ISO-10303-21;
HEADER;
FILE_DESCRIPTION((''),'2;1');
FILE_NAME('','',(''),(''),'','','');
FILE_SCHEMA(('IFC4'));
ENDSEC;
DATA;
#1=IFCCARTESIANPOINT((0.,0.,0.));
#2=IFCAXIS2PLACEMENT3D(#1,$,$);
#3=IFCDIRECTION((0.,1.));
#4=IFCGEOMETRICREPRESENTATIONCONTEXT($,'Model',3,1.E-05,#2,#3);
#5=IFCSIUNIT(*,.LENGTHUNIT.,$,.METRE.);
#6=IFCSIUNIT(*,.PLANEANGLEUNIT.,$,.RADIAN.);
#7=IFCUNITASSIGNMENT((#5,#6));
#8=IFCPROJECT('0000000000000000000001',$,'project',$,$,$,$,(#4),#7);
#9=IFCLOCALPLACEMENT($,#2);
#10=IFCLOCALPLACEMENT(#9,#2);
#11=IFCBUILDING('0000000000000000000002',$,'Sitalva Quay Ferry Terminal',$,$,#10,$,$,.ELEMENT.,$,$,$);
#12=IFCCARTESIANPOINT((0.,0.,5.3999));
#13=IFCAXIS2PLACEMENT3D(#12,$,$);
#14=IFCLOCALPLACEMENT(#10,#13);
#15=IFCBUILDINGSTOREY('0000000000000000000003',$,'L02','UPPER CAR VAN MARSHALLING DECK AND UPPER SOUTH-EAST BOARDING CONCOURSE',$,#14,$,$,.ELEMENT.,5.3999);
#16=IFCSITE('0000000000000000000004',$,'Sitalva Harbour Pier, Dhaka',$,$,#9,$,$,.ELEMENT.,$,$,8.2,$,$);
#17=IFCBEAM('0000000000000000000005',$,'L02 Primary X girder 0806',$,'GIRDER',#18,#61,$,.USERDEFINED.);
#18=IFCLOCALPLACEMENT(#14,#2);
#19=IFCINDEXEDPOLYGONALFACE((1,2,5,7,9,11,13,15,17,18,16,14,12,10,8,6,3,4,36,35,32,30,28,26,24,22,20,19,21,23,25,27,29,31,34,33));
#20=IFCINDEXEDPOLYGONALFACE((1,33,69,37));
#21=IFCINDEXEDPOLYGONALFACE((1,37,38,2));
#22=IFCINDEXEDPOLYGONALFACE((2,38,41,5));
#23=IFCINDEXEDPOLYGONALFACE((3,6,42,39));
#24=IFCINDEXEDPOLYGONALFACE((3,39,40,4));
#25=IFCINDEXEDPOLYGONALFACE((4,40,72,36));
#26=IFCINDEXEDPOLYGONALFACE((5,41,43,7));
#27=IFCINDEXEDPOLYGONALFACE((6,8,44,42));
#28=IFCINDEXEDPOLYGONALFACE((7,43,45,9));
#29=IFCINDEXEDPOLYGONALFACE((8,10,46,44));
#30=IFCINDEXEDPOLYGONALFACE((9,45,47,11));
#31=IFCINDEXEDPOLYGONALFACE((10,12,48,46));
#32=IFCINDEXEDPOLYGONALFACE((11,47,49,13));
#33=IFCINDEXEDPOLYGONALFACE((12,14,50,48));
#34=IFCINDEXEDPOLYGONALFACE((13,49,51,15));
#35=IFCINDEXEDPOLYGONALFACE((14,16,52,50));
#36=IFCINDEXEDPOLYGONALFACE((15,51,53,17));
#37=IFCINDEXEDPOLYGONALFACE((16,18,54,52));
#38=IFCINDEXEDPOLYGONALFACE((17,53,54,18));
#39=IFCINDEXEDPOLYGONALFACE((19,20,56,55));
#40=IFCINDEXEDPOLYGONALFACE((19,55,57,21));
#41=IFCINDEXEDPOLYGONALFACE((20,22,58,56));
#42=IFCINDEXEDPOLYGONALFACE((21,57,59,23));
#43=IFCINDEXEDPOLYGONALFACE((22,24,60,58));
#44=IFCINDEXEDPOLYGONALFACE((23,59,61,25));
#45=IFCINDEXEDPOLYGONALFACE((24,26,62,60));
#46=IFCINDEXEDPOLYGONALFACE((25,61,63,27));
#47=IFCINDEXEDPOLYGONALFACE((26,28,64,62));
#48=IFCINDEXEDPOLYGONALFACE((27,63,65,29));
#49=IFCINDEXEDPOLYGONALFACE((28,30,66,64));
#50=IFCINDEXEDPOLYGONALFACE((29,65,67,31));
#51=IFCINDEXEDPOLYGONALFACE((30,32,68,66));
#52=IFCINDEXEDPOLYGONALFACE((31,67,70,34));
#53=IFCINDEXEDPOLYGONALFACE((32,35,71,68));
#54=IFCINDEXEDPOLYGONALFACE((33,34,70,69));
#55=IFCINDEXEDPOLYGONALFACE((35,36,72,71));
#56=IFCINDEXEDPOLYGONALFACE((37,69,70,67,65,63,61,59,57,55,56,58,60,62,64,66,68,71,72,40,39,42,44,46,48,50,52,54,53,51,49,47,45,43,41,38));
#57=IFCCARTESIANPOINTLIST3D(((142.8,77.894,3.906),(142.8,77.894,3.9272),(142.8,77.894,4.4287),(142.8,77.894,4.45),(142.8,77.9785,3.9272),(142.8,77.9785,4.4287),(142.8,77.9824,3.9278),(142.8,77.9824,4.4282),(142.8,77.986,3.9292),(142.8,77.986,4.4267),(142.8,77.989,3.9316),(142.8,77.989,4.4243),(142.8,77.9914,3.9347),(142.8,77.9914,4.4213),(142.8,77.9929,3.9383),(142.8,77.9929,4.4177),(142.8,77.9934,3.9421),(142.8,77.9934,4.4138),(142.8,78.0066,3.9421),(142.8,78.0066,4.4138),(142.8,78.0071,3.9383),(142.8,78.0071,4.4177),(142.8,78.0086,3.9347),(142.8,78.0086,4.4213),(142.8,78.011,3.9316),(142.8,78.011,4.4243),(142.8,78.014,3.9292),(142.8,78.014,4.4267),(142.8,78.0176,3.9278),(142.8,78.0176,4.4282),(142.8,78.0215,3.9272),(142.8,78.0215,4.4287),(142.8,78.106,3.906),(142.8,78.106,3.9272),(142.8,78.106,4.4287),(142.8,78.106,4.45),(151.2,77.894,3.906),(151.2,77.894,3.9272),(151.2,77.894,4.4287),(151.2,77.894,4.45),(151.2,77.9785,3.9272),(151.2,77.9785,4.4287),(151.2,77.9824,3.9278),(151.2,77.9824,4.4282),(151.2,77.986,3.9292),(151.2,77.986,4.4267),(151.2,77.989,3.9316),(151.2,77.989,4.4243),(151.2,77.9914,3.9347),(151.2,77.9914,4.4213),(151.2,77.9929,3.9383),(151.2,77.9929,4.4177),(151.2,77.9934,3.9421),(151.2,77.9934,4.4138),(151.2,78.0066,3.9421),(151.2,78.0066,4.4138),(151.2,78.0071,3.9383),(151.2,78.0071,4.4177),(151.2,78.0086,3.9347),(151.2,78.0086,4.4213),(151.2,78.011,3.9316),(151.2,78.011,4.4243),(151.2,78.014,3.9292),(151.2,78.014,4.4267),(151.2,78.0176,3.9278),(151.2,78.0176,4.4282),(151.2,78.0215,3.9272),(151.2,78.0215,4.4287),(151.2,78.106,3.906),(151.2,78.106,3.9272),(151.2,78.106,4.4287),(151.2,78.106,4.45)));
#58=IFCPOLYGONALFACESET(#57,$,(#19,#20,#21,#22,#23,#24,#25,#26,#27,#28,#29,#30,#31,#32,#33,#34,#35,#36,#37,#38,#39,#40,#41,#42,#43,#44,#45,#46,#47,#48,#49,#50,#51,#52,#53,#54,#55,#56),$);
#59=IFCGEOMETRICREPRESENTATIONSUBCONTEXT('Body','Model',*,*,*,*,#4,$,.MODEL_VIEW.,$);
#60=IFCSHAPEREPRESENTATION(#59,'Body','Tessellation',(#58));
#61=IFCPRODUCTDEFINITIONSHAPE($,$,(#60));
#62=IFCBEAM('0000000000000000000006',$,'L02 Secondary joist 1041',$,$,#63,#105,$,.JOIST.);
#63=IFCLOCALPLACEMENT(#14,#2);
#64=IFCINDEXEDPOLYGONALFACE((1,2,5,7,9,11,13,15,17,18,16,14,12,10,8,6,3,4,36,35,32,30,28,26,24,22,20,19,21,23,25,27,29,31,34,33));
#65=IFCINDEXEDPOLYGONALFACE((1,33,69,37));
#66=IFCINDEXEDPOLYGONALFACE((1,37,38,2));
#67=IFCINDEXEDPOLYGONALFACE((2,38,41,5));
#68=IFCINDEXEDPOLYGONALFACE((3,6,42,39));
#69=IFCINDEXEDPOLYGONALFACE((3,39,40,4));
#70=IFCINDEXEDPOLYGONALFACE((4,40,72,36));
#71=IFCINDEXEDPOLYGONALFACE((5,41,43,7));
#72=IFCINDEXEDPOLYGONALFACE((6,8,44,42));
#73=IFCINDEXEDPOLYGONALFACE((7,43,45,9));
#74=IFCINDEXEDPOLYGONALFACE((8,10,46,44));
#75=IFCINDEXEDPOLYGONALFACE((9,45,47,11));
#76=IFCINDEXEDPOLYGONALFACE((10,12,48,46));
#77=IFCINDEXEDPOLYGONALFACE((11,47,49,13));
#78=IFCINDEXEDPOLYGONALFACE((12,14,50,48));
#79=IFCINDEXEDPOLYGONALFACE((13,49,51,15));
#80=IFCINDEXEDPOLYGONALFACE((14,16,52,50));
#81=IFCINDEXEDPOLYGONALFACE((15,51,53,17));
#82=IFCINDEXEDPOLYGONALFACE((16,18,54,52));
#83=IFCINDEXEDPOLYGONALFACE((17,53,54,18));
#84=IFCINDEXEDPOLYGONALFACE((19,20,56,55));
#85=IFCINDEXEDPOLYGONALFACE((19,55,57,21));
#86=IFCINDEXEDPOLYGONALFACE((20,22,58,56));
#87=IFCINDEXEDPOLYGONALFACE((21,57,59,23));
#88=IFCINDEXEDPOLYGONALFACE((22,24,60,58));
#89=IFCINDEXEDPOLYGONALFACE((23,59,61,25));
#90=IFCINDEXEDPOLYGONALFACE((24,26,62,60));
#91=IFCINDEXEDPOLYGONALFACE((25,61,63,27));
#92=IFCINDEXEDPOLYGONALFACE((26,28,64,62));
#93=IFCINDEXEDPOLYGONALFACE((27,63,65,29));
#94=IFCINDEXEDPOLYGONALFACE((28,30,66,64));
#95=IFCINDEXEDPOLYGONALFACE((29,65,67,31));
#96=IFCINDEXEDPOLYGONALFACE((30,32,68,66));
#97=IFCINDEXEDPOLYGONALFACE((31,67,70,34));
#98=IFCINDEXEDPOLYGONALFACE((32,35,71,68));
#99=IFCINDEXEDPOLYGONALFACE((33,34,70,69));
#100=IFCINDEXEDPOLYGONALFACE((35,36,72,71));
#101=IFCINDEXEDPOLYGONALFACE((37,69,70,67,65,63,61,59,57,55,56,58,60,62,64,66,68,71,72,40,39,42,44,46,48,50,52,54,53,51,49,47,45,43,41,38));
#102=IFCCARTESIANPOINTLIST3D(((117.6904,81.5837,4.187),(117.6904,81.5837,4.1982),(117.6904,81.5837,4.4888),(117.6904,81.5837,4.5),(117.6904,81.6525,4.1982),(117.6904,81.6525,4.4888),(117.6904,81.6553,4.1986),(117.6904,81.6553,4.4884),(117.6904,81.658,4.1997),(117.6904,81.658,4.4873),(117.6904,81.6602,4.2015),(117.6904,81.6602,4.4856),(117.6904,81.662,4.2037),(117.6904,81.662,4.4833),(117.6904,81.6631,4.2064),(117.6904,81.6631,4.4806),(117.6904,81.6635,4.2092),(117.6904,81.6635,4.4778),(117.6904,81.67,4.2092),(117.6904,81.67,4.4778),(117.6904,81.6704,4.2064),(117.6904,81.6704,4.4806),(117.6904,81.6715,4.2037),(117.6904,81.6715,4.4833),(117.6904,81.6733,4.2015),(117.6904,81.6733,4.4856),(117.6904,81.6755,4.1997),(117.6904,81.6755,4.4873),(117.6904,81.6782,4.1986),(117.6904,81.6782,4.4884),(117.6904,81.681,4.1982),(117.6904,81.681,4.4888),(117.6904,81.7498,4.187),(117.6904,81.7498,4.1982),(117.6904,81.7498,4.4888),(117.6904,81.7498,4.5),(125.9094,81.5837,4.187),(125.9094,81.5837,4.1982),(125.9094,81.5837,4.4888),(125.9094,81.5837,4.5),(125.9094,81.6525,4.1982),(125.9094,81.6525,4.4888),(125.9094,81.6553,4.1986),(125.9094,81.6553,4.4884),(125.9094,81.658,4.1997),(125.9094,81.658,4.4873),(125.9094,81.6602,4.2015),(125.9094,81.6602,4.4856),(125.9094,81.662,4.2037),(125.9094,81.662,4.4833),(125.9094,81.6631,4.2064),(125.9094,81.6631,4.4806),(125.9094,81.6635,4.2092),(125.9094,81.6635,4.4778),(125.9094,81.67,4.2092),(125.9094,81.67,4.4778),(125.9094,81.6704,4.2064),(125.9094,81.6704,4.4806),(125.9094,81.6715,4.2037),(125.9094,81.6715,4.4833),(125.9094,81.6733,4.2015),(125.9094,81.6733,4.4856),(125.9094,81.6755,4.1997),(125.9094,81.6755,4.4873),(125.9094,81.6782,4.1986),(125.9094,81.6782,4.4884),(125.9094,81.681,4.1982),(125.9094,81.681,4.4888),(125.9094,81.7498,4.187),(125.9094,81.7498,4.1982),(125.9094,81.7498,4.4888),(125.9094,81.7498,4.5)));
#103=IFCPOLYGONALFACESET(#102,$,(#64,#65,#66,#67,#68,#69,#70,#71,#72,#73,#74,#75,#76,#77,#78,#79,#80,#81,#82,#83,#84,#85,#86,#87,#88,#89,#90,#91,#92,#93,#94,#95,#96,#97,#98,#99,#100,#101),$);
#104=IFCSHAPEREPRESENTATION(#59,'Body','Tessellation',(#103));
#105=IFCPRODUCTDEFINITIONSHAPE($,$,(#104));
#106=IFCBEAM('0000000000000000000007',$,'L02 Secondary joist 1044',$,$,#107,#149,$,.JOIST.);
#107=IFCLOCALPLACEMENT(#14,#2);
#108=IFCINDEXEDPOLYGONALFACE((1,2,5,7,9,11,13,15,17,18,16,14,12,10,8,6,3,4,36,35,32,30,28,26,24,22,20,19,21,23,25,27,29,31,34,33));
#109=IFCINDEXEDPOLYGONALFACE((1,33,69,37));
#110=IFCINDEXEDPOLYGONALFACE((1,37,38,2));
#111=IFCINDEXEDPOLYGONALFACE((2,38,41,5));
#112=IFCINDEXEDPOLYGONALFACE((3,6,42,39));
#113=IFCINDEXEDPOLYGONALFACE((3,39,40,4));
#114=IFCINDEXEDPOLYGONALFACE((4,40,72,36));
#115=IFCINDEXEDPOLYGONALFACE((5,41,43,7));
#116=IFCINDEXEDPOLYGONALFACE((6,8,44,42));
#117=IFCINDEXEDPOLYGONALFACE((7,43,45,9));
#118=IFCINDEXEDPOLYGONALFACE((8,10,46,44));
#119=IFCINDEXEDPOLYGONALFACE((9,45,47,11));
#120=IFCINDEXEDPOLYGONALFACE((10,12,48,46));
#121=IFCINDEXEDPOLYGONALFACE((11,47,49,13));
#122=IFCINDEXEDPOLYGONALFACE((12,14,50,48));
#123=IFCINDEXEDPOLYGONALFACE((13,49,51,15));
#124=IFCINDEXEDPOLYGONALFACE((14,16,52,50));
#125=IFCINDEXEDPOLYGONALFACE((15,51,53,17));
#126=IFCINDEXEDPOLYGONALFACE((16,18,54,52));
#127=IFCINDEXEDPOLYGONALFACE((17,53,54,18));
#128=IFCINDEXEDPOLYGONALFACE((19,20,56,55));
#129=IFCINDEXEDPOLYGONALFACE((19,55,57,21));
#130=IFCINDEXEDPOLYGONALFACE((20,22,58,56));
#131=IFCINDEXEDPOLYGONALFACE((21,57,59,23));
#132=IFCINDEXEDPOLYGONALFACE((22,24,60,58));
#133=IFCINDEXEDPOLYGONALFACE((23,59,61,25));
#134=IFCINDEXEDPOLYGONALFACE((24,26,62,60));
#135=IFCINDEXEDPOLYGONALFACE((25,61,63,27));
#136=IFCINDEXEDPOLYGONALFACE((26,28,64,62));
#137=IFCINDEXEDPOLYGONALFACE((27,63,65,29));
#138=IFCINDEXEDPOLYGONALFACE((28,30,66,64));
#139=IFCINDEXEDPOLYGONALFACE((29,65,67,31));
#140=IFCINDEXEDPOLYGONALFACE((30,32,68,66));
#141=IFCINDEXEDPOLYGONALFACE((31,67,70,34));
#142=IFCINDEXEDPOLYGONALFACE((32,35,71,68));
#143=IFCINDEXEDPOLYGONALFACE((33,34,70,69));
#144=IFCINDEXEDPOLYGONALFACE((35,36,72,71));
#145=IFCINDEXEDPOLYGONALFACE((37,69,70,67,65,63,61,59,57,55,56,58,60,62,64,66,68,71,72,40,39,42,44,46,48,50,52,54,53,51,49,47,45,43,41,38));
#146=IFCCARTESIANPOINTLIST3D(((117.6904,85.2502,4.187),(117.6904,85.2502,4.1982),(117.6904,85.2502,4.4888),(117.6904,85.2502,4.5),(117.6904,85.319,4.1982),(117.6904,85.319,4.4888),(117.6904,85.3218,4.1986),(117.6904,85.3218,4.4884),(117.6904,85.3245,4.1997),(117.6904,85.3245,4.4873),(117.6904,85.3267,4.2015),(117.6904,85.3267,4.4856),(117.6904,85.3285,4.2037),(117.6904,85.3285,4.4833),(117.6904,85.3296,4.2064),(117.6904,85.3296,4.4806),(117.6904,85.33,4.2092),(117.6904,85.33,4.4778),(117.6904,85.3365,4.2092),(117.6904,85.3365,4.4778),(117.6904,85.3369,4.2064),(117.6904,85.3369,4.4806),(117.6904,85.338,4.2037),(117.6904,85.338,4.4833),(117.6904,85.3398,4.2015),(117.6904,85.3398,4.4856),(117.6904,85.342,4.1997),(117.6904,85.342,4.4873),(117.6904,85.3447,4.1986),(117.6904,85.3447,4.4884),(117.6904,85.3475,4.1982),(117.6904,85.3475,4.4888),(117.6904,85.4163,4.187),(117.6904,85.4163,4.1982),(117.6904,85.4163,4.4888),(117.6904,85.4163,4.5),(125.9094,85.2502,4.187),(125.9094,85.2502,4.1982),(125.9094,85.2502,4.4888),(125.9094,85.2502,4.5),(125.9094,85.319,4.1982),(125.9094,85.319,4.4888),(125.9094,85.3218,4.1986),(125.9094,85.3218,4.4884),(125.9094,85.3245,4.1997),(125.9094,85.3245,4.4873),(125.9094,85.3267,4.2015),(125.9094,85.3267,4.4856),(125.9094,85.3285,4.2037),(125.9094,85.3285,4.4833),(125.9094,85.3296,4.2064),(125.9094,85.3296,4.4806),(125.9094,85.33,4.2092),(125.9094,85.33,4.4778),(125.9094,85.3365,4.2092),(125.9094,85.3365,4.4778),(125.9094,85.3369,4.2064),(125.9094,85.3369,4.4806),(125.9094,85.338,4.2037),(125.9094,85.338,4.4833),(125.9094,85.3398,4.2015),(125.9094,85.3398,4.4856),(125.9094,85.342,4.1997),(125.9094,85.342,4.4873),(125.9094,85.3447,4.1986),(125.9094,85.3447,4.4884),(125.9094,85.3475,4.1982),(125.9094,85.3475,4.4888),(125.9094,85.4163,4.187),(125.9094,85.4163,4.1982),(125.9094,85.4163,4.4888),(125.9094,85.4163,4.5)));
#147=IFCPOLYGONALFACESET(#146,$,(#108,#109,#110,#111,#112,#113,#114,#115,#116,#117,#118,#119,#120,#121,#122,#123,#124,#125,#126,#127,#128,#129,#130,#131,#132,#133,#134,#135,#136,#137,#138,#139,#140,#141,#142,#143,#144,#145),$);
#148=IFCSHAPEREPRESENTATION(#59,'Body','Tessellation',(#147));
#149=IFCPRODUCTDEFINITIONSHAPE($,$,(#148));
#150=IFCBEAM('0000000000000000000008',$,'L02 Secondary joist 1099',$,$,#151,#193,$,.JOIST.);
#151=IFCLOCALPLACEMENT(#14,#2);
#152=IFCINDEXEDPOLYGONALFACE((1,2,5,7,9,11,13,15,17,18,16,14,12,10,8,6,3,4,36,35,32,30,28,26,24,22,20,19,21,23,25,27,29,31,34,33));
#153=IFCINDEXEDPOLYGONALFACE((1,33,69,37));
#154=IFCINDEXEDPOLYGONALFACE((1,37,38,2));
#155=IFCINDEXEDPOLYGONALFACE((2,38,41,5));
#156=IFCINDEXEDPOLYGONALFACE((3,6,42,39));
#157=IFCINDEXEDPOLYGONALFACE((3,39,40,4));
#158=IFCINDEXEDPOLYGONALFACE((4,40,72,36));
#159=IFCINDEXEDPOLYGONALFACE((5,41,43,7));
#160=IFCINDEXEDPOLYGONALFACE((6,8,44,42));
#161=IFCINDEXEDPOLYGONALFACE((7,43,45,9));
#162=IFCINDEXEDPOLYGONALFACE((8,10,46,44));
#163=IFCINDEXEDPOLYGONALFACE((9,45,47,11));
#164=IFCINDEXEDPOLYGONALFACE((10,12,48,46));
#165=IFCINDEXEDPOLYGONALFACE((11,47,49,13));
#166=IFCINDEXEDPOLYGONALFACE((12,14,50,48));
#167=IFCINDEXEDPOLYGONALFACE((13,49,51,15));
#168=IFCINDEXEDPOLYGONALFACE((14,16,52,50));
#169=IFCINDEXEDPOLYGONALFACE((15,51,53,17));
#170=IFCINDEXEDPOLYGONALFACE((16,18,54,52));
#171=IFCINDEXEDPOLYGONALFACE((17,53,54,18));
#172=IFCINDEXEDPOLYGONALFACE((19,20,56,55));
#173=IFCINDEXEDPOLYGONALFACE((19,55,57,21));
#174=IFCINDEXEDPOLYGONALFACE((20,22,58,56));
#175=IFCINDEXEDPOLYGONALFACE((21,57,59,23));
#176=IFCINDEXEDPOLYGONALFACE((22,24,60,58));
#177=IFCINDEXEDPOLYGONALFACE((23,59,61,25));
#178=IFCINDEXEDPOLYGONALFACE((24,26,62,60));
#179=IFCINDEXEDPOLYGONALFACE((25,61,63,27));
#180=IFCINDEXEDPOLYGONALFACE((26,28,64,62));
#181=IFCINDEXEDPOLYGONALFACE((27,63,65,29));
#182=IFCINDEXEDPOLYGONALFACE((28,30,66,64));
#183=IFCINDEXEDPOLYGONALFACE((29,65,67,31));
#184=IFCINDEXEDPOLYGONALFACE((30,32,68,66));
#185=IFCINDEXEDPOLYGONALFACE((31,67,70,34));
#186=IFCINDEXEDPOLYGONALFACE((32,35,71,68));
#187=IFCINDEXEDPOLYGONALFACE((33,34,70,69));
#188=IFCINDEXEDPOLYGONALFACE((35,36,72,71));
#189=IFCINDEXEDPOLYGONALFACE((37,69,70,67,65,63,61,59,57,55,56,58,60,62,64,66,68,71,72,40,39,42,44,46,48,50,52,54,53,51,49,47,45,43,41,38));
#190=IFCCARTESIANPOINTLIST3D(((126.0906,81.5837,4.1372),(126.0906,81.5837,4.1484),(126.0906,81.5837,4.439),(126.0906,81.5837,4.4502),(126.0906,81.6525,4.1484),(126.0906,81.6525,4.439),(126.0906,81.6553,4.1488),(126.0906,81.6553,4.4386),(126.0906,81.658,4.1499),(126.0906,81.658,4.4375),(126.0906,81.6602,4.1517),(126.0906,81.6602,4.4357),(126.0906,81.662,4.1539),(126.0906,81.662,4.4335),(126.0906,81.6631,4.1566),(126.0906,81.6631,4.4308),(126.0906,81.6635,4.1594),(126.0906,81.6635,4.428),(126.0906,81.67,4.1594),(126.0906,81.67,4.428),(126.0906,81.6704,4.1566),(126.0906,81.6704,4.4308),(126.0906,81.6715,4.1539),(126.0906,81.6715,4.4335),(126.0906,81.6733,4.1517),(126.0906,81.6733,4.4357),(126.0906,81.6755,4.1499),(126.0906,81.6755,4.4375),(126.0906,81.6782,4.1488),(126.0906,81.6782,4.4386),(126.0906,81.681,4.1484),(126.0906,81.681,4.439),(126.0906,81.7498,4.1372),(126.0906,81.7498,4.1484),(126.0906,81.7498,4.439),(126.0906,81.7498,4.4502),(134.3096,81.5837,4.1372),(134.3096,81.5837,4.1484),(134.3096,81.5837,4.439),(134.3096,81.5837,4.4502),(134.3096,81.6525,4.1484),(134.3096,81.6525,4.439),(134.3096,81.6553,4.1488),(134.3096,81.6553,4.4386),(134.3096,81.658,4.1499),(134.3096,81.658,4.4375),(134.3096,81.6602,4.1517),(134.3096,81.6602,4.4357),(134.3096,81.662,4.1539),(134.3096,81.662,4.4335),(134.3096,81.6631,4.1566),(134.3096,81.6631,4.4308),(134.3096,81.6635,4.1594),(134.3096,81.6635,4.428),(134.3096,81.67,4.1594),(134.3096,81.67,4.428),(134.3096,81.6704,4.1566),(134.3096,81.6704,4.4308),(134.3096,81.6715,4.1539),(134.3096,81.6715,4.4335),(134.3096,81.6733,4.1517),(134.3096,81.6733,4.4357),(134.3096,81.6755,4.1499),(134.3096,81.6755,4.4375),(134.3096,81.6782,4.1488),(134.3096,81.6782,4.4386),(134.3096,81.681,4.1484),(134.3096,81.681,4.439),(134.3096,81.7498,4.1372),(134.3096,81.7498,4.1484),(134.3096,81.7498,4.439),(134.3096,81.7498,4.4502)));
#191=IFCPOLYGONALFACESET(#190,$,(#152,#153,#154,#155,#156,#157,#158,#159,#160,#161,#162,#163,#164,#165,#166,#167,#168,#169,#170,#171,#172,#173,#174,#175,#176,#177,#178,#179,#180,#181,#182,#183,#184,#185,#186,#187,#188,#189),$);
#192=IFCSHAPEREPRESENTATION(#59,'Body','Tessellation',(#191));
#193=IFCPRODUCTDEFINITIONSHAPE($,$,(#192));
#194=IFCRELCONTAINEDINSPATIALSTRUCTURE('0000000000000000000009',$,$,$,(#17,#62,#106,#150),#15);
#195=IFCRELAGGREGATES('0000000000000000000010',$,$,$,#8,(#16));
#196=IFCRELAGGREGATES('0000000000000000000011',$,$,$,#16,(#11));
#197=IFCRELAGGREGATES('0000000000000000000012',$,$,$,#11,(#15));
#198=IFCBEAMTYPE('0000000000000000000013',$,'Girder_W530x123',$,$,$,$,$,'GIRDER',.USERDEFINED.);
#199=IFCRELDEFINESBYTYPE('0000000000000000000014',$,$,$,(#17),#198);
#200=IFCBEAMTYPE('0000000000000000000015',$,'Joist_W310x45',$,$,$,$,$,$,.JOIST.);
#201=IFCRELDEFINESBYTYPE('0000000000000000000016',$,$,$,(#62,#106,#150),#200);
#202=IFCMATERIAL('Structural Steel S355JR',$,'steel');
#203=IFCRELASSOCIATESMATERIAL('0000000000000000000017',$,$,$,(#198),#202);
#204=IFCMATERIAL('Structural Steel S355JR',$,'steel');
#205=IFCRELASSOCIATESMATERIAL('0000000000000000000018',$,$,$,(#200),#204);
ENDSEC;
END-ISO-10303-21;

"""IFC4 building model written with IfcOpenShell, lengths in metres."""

from ifc_helpers import new_model, si_unit, direction, frame, origin, origin_2d, place, context, subcontext, project, spatial, i_section, extrude, material, material_profile, profile_set, type_object, element, save


model = new_model("IFC4")

# Units and contexts
model_context = context("Model", 3, precision=1e-05, world=origin(), true_north=direction((0.0, 1.0)))
body_context = subcontext(model_context, "Body", "Model", "MODEL_VIEW")
ifc_project = project(units=[si_unit("LENGTHUNIT", "METRE"), si_unit("PLANEANGLEUNIT", "RADIAN")], contexts=[model_context])

# Site, building, storey
site_placement = place(None, origin())
site = spatial("IfcSite", under=ifc_project, at=site_placement, Name="Sitalva Harbour Pier, Dhaka", CompositionType="ELEMENT", RefElevation=8.2)
building_placement = place(site_placement, origin())
building = spatial("IfcBuilding", under=site, at=building_placement, Name="Sitalva Quay Ferry Terminal", CompositionType="ELEMENT")
storey_placement = place(building_placement, frame((0.0, 0.0, 5.3999)))
storey = spatial("IfcBuildingStorey", under=building, at=storey_placement, Name="L02", Description="UPPER CAR VAN MARSHALLING DECK AND UPPER SOUTH-EAST BOARDING CONCOURSE", CompositionType="ELEMENT", Elevation=5.3999)

# Beams
ifc_material_1 = material(Name="Structural Steel S355JR", Category="steel")
ifc_material_profile_1 = material_profile(ifc_material_1, i_section(OverallWidth=0.2119, OverallDepth=0.5439, WebThickness=0.0132, FlangeThickness=0.0212, FilletRadius=0.0149, at=origin_2d()), Name="W530x123")
ifc_profile_set_1 = profile_set([ifc_material_profile_1], Name="Structural Steel S355JR")
beam_type_1 = type_object("IfcBeamType", Name="Girder_W530x123", ElementType="GIRDER", PredefinedType="USERDEFINED", material=ifc_profile_set_1)
beam_1_placement = place(storey_placement, frame((142.8, 78.0, 4.178), z_axis=(1.0, 0.0, 0.0), x_axis=(0.0, 1.0, 0.0)))
element("IfcBeam", 1, at=beam_1_placement, inside=storey, type_object=beam_type_1, Name="L02 Primary X girder 0806", ObjectType="GIRDER", PredefinedType="USERDEFINED", context=body_context, shape_type="SweptSolid", body=[
    extrude(i_section(OverallWidth=0.2119, OverallDepth=0.5439, WebThickness=0.0132, FlangeThickness=0.0212, FilletRadius=0.0149, at=origin_2d()), origin(), (0.0, 0.0, 1.0), 8.3999),
])
ifc_material_2 = material(Name="Structural Steel S355JR", Category="steel")
ifc_material_profile_2 = material_profile(ifc_material_2, i_section(OverallWidth=0.166, OverallDepth=0.313, WebThickness=0.0066, FlangeThickness=0.0112, FilletRadius=0.011, at=origin_2d()), Name="W310x45")
ifc_profile_set_2 = profile_set([ifc_material_profile_2], Name="Structural Steel S355JR")
beam_type_2 = type_object("IfcBeamType", Name="Joist_W310x45", PredefinedType="JOIST", material=ifc_profile_set_2)
for number, where, z_axis, x_axis, name in (
    (2, (117.6904, 81.6667, 4.3435), (1.0, 0.0, 0.0), (0.0, 1.0, 0.0), "L02 Secondary joist 1041"),
    (3, (117.6904, 85.3333, 4.3435), (1.0, 0.0, 0.0), (0.0, 1.0, 0.0), "L02 Secondary joist 1044"),
    (4, (126.0906, 81.6667, 4.2937), (1.0, 0.0, 0.0), (0.0, 1.0, 0.0), "L02 Secondary joist 1099"),
):
    element("IfcBeam", number, at=place(storey_placement, frame(where, z_axis=z_axis, x_axis=x_axis)), inside=storey, type_object=beam_type_2, Name=name, PredefinedType="JOIST", context=body_context, shape_type="SweptSolid", body=[
        extrude(i_section(OverallWidth=0.166, OverallDepth=0.313, WebThickness=0.0066, FlangeThickness=0.0112, FilletRadius=0.011, at=origin_2d()), origin(), (0.0, 0.0, 1.0), 8.219),
    ])

save(model, "model.ifc")
